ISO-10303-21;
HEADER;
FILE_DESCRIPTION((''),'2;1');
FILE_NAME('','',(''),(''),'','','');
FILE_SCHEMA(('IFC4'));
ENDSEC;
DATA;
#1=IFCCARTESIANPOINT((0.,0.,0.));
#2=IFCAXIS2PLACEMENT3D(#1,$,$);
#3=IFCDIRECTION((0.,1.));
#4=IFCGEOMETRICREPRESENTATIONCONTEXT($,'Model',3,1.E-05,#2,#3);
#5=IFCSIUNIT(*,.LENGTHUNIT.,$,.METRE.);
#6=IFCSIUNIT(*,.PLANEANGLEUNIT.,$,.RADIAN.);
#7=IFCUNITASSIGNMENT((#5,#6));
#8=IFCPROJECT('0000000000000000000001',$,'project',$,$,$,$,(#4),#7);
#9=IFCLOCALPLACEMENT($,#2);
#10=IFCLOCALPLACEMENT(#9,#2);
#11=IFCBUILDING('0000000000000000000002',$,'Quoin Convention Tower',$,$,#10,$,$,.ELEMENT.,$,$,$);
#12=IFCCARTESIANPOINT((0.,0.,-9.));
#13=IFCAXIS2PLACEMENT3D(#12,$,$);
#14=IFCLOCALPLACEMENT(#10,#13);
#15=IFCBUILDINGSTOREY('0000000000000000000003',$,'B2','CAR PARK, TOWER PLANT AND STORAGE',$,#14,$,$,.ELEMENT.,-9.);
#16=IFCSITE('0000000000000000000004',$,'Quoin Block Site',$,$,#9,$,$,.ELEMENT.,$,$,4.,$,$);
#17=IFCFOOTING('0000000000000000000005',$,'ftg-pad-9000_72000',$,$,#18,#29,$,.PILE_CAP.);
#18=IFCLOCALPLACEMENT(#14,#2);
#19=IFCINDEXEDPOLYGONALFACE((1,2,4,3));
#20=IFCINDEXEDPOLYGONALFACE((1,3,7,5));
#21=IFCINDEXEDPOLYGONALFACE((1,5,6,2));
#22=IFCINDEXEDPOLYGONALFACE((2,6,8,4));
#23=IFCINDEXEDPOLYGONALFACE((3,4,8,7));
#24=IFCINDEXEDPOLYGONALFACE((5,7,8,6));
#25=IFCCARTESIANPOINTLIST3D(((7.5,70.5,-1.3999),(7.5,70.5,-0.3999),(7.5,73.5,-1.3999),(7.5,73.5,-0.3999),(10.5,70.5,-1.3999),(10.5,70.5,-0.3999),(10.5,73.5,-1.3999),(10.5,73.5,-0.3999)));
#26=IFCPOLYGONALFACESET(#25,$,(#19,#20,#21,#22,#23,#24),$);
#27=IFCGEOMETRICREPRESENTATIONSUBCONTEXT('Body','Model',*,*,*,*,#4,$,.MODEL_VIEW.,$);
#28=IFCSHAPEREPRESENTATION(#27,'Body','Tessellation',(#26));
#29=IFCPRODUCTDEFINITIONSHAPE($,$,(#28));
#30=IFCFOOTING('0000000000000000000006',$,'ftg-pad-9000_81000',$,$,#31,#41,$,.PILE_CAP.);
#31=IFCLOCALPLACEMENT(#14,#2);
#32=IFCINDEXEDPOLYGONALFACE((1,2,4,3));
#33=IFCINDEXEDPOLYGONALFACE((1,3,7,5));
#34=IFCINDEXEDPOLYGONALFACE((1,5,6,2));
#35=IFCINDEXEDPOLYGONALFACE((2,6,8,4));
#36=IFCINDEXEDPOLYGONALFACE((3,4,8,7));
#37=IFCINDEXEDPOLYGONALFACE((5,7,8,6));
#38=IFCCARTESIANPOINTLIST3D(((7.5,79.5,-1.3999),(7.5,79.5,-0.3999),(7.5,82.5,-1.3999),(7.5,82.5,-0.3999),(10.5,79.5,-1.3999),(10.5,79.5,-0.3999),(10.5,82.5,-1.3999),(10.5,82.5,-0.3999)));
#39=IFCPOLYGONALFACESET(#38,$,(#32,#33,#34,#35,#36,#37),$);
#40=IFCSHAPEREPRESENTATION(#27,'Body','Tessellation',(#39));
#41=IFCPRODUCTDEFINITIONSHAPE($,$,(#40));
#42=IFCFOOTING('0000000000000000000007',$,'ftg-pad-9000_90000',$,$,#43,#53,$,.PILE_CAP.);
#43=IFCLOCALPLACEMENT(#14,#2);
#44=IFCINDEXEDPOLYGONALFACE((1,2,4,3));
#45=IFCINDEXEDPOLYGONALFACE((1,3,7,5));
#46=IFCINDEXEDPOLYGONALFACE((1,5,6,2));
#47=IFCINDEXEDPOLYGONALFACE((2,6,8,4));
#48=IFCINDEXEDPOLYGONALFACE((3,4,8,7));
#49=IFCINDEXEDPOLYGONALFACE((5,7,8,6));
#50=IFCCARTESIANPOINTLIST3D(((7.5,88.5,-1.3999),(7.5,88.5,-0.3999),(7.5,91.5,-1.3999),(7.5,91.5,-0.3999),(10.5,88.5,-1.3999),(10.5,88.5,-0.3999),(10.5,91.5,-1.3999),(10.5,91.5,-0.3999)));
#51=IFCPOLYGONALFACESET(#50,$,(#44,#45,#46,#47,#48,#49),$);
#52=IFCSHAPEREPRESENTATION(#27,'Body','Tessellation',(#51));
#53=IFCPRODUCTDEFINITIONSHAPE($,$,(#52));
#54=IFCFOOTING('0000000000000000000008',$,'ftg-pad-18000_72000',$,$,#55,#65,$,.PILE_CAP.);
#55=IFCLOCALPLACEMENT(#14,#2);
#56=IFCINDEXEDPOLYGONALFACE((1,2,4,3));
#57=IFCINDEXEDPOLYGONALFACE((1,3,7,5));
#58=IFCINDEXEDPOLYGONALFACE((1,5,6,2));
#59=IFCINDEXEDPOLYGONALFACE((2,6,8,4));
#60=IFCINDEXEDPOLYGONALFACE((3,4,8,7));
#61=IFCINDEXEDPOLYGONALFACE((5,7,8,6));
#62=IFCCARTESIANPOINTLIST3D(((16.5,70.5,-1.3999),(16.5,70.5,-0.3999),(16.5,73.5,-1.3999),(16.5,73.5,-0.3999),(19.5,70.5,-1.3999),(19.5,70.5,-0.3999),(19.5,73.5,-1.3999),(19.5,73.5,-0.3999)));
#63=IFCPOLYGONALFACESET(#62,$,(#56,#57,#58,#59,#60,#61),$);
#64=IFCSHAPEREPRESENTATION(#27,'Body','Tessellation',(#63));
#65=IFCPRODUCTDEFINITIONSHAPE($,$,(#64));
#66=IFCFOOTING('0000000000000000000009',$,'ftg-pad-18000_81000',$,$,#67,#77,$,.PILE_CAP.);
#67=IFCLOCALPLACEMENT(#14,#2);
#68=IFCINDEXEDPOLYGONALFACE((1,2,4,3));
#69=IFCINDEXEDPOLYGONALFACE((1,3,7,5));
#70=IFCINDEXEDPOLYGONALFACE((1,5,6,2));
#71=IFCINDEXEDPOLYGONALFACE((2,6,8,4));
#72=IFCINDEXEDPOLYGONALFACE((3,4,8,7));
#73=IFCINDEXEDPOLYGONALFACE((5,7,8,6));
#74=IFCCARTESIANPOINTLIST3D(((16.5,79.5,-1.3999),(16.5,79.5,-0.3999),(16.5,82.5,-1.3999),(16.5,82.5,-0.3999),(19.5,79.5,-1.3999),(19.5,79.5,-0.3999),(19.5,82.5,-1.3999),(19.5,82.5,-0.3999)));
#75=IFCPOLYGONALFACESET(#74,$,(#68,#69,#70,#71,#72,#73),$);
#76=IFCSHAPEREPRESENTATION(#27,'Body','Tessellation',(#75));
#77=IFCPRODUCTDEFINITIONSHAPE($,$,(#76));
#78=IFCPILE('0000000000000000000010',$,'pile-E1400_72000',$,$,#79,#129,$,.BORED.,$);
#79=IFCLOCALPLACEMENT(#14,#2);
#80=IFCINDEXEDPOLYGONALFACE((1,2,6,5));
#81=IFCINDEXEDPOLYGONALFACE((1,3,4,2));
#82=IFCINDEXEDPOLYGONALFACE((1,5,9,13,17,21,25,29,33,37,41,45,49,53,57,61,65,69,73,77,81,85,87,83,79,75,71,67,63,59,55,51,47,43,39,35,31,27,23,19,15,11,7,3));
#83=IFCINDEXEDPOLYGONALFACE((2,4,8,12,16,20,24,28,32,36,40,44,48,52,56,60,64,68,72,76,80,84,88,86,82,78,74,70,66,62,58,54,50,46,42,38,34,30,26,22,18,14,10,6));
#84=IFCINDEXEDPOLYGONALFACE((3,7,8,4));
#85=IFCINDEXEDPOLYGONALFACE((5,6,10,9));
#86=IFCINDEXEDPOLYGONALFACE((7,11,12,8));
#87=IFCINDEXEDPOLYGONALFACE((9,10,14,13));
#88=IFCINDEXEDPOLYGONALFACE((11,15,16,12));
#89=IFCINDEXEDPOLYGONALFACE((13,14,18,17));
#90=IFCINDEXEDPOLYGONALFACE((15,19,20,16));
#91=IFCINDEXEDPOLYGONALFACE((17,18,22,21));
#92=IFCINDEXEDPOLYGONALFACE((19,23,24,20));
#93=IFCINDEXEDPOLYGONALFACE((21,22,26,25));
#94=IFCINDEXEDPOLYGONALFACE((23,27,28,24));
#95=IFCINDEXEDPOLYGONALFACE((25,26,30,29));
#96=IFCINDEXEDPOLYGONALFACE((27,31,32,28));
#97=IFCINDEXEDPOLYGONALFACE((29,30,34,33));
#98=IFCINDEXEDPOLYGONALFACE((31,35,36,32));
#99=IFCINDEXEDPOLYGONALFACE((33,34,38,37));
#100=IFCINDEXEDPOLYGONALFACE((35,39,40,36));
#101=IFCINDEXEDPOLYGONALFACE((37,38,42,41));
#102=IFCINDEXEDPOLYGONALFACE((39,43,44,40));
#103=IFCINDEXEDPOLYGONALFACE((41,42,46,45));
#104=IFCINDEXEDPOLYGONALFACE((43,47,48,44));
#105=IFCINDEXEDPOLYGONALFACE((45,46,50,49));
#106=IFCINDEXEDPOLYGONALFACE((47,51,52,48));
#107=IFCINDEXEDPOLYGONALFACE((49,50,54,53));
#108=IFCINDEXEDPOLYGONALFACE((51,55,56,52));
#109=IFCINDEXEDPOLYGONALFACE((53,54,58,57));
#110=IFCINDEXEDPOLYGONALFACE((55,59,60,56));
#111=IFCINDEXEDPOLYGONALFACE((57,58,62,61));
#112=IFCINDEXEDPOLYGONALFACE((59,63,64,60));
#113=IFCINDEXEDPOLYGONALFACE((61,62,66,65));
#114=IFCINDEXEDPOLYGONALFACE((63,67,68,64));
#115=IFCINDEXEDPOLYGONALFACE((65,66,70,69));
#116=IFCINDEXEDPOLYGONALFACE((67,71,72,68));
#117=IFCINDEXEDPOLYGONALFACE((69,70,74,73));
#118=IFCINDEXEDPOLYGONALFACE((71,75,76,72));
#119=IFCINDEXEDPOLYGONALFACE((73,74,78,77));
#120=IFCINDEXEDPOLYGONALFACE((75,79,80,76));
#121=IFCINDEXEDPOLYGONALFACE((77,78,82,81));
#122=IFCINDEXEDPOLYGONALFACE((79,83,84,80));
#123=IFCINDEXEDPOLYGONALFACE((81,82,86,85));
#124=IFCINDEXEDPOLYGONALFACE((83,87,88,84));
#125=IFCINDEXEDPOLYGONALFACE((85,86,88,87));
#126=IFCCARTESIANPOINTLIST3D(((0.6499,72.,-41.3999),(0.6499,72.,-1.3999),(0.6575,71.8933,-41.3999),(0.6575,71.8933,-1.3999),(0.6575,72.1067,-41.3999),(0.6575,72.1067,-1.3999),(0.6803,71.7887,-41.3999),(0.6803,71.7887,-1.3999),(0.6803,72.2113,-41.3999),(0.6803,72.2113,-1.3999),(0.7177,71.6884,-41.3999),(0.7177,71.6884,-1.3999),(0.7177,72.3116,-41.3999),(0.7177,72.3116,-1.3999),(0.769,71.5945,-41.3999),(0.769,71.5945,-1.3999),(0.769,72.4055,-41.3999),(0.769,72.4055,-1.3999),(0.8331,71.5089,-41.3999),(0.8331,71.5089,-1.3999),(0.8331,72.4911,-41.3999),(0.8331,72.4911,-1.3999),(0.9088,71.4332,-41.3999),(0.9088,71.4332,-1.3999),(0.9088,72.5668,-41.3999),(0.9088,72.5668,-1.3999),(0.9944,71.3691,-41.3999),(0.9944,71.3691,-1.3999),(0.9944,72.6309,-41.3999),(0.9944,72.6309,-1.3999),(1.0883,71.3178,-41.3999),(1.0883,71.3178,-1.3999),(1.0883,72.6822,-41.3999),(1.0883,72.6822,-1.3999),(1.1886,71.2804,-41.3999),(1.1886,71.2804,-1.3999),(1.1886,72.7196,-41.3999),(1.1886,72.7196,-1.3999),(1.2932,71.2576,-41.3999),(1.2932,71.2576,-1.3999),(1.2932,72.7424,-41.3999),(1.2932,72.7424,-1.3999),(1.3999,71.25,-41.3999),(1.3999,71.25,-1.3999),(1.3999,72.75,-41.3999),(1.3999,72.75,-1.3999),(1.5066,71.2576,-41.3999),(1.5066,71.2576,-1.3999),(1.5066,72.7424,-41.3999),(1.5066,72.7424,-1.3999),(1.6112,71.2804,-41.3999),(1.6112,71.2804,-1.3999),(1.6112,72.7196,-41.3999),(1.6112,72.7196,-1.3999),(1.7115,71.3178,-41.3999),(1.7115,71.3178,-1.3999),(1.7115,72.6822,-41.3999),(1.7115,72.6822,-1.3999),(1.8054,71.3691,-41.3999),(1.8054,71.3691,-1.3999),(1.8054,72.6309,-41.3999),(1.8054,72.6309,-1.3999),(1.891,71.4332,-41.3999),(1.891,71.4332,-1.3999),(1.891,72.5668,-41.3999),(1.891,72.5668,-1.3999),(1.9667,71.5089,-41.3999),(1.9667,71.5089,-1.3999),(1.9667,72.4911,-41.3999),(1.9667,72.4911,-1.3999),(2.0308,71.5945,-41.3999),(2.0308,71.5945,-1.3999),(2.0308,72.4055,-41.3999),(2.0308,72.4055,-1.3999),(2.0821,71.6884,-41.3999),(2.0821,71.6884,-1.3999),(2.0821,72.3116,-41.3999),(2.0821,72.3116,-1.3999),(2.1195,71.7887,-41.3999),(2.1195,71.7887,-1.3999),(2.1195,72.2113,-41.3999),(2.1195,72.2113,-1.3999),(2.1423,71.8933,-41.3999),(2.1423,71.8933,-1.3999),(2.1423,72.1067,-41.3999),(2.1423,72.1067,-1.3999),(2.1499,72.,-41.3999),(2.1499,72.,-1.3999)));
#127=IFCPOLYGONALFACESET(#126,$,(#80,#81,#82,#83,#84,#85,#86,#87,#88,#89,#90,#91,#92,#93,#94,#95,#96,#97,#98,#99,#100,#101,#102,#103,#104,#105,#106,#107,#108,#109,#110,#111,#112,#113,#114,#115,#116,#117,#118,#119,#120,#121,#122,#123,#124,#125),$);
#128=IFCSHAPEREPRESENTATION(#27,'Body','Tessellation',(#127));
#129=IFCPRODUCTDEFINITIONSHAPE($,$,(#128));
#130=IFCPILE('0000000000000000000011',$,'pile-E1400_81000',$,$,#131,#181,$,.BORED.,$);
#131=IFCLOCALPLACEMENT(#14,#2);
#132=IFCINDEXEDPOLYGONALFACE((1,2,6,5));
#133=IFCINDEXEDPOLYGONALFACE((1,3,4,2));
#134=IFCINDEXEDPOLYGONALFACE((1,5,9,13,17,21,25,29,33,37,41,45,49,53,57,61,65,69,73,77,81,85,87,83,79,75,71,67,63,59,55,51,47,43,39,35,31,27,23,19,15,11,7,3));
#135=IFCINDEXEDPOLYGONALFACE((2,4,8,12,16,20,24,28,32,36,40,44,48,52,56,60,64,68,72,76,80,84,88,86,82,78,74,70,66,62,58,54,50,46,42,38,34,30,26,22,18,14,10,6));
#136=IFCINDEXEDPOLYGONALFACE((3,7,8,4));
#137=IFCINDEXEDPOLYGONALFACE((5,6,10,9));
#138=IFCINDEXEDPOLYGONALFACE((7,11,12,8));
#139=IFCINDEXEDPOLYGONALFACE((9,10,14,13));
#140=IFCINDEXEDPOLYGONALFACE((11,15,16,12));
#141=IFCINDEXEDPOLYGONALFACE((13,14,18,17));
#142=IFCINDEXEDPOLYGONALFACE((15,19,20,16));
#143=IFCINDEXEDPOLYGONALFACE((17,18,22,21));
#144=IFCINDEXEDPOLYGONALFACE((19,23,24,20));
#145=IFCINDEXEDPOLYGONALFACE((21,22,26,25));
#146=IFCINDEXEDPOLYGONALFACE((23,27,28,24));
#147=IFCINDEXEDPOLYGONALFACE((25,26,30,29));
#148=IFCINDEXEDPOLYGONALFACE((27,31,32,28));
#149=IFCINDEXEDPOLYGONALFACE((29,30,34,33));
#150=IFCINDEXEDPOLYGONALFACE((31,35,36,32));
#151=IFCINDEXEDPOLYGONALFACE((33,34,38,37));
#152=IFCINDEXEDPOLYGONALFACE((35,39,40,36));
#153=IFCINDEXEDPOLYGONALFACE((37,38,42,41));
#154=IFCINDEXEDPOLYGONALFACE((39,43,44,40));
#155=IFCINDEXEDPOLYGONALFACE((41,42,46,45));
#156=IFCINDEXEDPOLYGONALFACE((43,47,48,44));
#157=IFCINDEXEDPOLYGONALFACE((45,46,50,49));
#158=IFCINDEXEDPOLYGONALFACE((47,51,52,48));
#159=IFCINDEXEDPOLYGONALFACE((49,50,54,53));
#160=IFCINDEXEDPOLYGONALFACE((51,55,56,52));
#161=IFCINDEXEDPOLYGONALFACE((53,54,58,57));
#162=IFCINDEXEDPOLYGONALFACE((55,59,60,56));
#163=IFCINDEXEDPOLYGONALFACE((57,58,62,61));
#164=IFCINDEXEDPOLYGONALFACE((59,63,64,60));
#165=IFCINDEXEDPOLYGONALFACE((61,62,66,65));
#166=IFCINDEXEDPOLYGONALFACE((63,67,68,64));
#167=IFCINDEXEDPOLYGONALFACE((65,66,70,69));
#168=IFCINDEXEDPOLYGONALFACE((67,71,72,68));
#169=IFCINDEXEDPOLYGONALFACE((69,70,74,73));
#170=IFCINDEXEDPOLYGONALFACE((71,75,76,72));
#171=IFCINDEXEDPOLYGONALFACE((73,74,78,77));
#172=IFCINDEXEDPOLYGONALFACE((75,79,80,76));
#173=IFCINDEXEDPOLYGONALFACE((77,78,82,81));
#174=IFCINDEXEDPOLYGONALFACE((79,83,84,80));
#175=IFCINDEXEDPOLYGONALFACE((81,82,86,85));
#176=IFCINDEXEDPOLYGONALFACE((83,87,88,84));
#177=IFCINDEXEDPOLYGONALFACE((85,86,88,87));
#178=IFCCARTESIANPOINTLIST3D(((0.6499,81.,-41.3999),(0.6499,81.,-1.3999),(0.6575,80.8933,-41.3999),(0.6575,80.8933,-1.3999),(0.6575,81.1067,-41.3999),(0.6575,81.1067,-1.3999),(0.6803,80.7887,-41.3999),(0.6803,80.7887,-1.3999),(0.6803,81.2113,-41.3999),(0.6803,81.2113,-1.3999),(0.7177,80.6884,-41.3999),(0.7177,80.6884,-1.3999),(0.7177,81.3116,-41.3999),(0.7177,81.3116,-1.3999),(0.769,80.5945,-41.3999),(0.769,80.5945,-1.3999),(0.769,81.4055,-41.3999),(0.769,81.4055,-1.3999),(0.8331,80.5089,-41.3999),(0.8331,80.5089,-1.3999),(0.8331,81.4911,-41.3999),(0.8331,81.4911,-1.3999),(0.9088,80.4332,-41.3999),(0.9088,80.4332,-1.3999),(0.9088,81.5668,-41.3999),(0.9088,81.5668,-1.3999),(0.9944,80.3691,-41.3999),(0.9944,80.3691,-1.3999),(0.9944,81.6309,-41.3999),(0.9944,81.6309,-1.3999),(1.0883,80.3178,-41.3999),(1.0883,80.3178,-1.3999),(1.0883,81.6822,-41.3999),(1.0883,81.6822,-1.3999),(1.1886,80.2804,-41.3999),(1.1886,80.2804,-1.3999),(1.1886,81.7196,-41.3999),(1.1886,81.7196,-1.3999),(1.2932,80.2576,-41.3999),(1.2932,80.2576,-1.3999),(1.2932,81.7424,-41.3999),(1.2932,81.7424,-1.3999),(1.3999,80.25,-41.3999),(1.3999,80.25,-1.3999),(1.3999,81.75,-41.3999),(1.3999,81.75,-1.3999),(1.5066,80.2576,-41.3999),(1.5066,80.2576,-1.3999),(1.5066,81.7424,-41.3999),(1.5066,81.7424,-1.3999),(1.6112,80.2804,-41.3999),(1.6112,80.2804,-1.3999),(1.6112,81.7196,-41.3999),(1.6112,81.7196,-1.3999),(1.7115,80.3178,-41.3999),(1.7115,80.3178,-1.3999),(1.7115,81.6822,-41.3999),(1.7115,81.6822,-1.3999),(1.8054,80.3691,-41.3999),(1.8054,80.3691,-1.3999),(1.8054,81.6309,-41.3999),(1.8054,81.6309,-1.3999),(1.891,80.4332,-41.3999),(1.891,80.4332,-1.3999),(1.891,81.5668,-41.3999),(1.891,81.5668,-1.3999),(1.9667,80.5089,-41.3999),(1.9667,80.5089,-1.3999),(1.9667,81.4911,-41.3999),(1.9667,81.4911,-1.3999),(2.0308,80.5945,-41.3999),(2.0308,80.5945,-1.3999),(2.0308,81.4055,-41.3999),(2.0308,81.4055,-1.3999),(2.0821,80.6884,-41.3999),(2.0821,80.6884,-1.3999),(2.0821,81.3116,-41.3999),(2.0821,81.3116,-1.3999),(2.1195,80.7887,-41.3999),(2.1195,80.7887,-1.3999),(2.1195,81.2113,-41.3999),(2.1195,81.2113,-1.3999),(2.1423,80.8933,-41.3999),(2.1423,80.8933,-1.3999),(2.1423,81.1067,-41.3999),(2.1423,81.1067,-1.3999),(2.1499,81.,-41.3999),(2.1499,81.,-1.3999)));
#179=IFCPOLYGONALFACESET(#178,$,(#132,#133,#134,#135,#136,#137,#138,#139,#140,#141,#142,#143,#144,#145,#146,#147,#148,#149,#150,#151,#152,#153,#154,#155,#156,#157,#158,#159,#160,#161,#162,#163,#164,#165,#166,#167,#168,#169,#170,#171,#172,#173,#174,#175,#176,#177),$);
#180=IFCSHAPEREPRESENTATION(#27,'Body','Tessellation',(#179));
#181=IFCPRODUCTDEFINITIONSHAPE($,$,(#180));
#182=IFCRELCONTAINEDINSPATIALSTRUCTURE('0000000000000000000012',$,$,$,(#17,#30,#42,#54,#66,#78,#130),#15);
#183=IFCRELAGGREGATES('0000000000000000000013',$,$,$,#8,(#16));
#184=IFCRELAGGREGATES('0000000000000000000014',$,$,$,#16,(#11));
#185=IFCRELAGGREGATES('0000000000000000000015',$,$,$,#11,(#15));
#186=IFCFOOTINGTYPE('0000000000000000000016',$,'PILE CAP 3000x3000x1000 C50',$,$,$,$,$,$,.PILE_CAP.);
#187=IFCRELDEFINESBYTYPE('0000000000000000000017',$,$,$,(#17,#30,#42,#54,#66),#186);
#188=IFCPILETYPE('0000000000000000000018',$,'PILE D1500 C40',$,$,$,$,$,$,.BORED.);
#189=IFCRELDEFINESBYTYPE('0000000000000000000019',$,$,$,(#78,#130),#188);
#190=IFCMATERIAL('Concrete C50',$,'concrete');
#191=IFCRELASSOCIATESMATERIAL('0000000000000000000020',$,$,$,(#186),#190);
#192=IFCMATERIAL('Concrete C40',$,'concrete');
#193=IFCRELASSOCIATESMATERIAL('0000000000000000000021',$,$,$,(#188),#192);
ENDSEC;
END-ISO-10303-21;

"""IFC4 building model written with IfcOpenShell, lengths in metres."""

from ifc_helpers import new_model, si_unit, direction, frame, origin, origin_2d, place, context, subcontext, project, spatial, rectangle, circle, extrude, material, material_profile, profile_set, type_object, element, save


model = new_model("IFC4")

# Units and contexts
model_context = context("Model", 3, precision=1e-05, world=origin(), true_north=direction((0.0, 1.0)))
body_context = subcontext(model_context, "Body", "Model", "MODEL_VIEW")
ifc_project = project(units=[si_unit("LENGTHUNIT", "METRE"), si_unit("PLANEANGLEUNIT", "RADIAN")], contexts=[model_context])

# Site, building, storey
site_placement = place(None, origin())
site = spatial("IfcSite", under=ifc_project, at=site_placement, Name="Quoin Block Site", CompositionType="ELEMENT", RefElevation=4.0)
building_placement = place(site_placement, origin())
building = spatial("IfcBuilding", under=site, at=building_placement, Name="Quoin Convention Tower", CompositionType="ELEMENT")
storey_placement = place(building_placement, frame((0.0, 0.0, -9.0)))
storey = spatial("IfcBuildingStorey", under=building, at=storey_placement, Name="B2", Description="CAR PARK, TOWER PLANT AND STORAGE", CompositionType="ELEMENT", Elevation=-9.0)

# Footings
ifc_material_1 = material(Name="Concrete C50", Category="concrete")
footing_type = type_object("IfcFootingType", Name="PILE CAP 3000x3000x1000 C50", PredefinedType="PILE_CAP", material=ifc_material_1)
for number, where, z_axis, x_axis, name in (
    (1, (9.0, 72.0, -1.3999), (0.0, 0.0, 1.0), (1.0, 0.0, 0.0), "ftg-pad-9000_72000"),
    (2, (9.0, 81.0, -1.3999), (0.0, 0.0, 1.0), (1.0, 0.0, 0.0), "ftg-pad-9000_81000"),
    (3, (9.0, 90.0, -1.3999), (0.0, 0.0, 1.0), (1.0, 0.0, 0.0), "ftg-pad-9000_90000"),
    (4, (18.0, 72.0, -1.3999), (0.0, 0.0, 1.0), (1.0, 0.0, 0.0), "ftg-pad-18000_72000"),
    (5, (18.0, 81.0, -1.3999), (0.0, 0.0, 1.0), (1.0, 0.0, 0.0), "ftg-pad-18000_81000"),
):
    element("IfcFooting", number, at=place(storey_placement, frame(where, z_axis=z_axis, x_axis=x_axis)), inside=storey, type_object=footing_type, Name=name, PredefinedType="PILE_CAP", context=body_context, shape_type="SweptSolid", body=[
        extrude(rectangle(XDim=3.0, YDim=3.0, at=origin_2d()), origin(), (0.0, 0.0, 1.0), 1.0),
    ])

# Piles
ifc_material_2 = material(Name="Concrete C40", Category="concrete")
ifc_material_profile_1 = material_profile(ifc_material_2, circle(Radius=0.75, at=origin_2d()), Name="D1500")
ifc_profile_set_1 = profile_set([ifc_material_profile_1], Name="Concrete C40")
pile_type = type_object("IfcPileType", Name="PILE D1500 C40", PredefinedType="BORED", material=ifc_profile_set_1)
for number, where, z_axis, x_axis, name in (
    (6, (1.3999, 72.0, -1.3999), (0.0, 0.0, -1.0), (1.0, 0.0, 0.0), "pile-E1400_72000"),
    (7, (1.3999, 81.0, -1.3999), (0.0, 0.0, -1.0), (1.0, 0.0, 0.0), "pile-E1400_81000"),
):
    element("IfcPile", number, at=place(storey_placement, frame(where, z_axis=z_axis, x_axis=x_axis)), inside=storey, type_object=pile_type, Name=name, PredefinedType="BORED", context=body_context, shape_type="SweptSolid", body=[
        extrude(circle(Radius=0.75, at=origin_2d()), origin(), (0.0, 0.0, 1.0), 40.0),
    ])

save(model, "model.ifc")
